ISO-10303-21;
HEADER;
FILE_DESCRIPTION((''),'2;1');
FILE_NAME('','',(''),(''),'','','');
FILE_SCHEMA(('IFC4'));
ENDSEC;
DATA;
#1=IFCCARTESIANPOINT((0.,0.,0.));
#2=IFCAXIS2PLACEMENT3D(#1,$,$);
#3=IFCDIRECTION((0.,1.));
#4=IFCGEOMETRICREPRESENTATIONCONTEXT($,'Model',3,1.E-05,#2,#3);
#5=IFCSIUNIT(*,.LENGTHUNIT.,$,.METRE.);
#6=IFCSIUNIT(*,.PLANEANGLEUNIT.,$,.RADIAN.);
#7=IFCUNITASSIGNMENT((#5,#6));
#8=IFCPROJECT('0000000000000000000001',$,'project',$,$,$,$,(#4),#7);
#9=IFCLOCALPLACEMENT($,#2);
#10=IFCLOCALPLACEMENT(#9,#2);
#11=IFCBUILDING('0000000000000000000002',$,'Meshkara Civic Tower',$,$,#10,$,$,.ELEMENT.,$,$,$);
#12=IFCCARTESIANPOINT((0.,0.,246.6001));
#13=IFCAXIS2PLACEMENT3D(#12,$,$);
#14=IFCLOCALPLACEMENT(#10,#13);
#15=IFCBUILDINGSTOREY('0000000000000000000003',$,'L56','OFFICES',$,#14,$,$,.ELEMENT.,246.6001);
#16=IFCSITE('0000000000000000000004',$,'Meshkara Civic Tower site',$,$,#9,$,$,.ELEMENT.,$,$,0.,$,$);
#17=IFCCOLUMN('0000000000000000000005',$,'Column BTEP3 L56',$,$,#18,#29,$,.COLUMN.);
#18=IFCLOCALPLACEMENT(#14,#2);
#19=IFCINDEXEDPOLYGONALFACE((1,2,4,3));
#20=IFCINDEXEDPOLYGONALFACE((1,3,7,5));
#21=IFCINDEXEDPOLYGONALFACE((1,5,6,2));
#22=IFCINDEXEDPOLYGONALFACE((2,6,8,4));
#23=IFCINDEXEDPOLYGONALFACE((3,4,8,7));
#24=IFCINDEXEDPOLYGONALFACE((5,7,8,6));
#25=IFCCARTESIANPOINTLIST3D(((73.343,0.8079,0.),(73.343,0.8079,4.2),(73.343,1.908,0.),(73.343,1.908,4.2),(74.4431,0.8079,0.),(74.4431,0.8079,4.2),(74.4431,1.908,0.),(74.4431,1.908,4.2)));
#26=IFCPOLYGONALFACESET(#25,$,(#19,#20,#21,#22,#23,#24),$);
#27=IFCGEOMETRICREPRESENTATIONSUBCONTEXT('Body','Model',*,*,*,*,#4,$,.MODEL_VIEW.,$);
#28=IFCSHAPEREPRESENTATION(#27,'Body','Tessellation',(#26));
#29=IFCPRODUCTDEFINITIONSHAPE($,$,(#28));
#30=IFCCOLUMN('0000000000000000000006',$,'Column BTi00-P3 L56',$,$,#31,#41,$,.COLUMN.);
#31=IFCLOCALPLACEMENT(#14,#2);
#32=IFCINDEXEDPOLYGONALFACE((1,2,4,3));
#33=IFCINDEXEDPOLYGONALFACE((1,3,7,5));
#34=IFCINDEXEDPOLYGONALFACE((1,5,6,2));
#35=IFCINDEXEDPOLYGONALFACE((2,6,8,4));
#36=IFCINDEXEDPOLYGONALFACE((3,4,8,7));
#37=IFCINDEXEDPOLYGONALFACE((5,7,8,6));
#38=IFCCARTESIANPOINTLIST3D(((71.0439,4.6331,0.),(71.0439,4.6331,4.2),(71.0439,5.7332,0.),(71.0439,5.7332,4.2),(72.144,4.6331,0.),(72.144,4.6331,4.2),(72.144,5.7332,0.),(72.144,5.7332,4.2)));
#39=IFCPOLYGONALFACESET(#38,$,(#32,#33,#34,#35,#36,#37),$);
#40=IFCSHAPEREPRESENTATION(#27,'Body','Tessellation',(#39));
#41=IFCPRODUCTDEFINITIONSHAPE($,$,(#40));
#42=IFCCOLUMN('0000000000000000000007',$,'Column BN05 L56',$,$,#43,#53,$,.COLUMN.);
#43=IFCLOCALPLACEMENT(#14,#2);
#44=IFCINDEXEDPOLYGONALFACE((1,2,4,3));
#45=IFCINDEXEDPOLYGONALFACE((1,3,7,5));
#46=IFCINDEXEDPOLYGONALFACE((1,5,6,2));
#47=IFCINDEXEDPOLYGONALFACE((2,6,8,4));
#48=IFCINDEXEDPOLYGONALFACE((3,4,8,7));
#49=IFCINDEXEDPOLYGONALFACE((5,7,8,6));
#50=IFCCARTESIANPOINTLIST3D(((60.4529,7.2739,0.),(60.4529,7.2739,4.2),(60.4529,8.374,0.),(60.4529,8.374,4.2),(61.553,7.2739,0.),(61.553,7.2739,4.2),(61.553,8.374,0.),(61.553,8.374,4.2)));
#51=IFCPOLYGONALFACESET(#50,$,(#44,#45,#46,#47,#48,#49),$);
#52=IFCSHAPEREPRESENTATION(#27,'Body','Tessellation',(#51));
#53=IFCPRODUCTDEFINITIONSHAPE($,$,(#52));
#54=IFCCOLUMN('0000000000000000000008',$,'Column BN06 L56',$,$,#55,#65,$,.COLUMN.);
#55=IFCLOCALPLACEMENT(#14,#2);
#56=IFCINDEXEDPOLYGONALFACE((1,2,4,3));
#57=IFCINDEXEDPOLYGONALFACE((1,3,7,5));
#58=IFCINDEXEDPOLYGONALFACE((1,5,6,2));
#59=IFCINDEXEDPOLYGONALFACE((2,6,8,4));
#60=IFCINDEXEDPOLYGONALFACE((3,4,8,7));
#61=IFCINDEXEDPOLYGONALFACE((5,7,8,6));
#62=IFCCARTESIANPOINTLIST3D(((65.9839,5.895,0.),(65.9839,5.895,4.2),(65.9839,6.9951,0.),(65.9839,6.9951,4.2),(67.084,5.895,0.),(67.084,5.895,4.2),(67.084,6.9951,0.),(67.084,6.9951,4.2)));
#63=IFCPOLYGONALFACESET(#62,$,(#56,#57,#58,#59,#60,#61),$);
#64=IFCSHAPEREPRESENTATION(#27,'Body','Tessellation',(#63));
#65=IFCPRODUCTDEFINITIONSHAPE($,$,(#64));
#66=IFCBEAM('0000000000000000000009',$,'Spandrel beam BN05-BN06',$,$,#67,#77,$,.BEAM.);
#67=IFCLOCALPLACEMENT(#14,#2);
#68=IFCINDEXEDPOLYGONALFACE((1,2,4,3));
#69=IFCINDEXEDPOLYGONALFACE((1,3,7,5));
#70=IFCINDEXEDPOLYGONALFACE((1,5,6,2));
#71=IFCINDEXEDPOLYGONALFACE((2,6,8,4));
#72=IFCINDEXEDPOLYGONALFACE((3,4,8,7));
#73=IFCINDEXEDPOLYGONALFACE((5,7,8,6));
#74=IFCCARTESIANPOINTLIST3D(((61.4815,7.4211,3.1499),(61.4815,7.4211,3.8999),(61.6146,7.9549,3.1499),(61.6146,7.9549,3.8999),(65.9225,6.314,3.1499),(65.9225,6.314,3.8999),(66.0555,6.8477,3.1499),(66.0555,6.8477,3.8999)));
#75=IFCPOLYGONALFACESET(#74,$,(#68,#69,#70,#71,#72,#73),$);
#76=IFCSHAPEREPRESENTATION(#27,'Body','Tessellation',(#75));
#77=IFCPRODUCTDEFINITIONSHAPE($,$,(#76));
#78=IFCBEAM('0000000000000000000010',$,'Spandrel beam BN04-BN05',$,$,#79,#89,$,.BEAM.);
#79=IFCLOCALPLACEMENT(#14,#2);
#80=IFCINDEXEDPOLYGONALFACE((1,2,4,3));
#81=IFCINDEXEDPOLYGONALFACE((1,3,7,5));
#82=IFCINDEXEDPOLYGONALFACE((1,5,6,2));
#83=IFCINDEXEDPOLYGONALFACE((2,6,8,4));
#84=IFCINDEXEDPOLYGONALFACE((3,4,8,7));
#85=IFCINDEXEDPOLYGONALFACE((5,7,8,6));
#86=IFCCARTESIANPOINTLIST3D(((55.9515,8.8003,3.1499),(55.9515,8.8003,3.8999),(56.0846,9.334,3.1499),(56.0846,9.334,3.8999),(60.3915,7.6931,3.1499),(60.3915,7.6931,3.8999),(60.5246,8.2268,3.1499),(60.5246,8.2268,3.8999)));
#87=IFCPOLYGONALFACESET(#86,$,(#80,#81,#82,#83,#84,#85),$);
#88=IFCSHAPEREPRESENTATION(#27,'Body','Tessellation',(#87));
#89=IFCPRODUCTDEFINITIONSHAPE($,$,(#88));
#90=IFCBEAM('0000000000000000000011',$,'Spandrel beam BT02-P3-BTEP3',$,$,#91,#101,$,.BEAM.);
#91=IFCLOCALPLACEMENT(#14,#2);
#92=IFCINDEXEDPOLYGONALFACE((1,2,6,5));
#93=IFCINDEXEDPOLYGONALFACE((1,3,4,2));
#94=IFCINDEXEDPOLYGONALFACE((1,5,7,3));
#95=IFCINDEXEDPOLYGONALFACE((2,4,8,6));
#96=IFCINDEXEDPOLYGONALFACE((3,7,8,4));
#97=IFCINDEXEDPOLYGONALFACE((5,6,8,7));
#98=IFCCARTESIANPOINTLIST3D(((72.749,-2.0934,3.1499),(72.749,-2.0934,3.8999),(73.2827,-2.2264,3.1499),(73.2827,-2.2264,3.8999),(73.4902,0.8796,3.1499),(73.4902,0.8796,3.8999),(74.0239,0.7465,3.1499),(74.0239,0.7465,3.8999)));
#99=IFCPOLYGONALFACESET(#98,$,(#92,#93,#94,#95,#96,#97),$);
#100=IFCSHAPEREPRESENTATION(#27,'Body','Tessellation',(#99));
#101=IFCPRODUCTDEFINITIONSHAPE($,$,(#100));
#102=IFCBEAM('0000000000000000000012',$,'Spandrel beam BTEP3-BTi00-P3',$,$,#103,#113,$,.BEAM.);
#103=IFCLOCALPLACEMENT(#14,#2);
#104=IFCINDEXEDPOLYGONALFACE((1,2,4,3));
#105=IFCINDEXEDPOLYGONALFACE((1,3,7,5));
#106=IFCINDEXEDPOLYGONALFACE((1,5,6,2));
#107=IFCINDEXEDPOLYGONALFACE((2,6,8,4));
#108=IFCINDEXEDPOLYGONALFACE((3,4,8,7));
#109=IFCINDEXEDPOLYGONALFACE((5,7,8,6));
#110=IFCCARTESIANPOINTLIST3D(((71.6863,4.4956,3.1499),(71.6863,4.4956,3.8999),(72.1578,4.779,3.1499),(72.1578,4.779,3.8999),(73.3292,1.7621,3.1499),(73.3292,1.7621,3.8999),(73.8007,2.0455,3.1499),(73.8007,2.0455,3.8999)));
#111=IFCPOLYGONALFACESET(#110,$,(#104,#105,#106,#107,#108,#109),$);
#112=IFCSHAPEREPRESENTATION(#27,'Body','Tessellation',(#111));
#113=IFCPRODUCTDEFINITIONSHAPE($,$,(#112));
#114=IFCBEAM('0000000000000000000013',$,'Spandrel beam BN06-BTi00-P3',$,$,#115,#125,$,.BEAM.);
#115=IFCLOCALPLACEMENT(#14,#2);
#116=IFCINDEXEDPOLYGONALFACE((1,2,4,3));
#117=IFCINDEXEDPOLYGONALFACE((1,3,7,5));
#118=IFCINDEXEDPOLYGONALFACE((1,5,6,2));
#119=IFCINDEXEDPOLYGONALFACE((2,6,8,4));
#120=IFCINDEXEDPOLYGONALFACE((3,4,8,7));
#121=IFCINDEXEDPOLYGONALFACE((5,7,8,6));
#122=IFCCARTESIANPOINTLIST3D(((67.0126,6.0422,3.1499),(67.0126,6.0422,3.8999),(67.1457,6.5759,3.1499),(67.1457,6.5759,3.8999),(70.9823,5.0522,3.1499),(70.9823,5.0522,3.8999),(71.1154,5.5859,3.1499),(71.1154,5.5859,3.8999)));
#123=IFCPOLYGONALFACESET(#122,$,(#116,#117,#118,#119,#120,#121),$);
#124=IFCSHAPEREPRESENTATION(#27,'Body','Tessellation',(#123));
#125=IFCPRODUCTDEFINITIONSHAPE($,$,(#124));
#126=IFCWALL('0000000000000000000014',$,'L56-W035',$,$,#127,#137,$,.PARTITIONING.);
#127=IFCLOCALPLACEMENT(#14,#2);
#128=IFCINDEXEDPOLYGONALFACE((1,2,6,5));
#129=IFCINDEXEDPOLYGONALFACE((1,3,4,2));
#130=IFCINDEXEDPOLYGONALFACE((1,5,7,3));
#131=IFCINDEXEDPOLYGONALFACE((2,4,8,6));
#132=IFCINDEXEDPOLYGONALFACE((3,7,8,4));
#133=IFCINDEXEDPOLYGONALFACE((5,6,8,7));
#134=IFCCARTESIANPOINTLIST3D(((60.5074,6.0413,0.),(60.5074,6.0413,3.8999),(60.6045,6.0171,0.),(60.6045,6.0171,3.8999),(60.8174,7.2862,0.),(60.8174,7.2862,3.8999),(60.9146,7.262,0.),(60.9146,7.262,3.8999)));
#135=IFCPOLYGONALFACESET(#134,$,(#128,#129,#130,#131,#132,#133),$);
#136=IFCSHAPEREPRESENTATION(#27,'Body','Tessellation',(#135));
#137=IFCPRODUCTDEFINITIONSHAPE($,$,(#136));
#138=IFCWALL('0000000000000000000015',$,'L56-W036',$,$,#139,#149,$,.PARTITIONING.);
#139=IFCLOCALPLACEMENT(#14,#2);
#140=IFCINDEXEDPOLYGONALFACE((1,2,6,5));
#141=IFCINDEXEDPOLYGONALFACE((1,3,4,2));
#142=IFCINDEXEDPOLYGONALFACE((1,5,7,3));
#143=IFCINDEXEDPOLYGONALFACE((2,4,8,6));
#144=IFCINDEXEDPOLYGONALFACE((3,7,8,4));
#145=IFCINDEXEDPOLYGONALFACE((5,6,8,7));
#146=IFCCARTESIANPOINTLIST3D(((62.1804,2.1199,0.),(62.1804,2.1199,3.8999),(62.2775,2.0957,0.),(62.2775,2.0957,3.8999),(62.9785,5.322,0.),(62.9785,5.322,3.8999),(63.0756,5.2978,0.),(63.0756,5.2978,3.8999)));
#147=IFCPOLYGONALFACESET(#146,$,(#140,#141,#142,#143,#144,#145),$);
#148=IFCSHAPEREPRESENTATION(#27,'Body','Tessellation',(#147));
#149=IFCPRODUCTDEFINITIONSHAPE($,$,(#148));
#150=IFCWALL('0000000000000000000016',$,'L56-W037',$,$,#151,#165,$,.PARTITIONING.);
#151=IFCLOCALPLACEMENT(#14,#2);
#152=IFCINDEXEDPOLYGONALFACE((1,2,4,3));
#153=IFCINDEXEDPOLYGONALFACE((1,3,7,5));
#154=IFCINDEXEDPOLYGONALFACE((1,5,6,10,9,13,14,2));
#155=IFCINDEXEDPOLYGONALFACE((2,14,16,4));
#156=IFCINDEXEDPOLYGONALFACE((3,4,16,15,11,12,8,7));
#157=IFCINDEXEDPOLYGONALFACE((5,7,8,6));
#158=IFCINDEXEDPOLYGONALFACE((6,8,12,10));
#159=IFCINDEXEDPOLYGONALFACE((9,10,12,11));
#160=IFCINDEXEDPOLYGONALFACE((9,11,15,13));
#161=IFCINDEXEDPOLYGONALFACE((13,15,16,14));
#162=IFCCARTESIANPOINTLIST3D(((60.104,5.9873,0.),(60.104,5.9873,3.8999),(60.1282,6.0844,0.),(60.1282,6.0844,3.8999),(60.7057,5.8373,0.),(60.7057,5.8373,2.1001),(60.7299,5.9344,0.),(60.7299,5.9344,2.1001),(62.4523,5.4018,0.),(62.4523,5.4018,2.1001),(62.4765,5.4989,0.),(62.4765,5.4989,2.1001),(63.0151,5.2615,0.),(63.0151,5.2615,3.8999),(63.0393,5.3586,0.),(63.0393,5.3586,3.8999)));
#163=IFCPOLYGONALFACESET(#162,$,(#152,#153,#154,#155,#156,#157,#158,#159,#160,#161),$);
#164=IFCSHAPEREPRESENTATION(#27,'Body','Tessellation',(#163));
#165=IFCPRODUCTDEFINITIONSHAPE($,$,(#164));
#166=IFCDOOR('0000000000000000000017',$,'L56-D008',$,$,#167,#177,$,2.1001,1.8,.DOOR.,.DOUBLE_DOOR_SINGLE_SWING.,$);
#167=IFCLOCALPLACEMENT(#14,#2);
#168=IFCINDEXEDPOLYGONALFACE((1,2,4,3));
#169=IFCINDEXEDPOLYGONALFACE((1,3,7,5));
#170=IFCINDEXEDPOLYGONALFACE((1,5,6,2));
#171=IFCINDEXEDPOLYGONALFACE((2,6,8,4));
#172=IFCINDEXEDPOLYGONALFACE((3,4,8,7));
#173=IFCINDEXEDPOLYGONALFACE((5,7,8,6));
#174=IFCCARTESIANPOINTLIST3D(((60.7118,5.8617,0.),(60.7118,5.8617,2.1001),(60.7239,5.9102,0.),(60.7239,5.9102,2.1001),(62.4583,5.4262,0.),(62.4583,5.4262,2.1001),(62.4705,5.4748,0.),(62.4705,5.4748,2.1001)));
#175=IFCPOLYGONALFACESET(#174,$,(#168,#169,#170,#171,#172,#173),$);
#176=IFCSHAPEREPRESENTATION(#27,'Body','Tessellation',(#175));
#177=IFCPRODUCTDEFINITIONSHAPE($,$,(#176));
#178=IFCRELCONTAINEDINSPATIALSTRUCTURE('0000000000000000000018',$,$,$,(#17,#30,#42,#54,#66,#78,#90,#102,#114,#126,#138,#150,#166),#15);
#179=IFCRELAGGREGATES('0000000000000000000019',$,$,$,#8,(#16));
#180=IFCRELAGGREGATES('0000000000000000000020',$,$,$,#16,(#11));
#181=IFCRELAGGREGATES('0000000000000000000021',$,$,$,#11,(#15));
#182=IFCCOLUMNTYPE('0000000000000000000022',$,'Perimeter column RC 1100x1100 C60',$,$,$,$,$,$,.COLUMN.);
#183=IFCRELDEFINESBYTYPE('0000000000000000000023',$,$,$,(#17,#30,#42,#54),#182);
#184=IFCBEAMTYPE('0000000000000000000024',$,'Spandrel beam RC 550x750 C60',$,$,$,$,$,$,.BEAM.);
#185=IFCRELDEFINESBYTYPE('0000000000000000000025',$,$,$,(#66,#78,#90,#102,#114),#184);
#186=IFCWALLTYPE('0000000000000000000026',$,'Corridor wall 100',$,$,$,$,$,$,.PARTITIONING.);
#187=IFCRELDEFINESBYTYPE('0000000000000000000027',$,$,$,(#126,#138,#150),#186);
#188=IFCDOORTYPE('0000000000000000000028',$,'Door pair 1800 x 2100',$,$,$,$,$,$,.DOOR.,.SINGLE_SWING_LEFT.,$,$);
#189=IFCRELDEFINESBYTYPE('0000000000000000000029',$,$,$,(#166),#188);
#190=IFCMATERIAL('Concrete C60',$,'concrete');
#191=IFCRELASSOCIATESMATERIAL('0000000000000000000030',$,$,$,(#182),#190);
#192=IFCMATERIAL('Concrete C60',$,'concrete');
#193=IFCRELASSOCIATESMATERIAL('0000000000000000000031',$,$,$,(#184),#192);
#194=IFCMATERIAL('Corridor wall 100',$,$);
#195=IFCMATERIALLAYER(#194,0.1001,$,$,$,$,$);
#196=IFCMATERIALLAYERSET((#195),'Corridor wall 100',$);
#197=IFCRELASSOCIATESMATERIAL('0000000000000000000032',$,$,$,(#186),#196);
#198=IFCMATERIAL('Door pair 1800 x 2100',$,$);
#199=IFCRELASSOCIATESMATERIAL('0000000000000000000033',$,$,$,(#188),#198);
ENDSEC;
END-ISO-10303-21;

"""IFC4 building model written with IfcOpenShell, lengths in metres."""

from ifc_helpers import new_model, si_unit, direction, frame, frame_2d, origin, origin_2d, place, context, subcontext, project, spatial, rectangle, extrude, material, layer, layer_set, material_profile, profile_set, type_object, element, fill, save


model = new_model("IFC4")

# Units and contexts
model_context = context("Model", 3, precision=1e-05, world=origin(), true_north=direction((0.0, 1.0)))
body_context = subcontext(model_context, "Body", "Model", "MODEL_VIEW")
ifc_project = project(units=[si_unit("LENGTHUNIT", "METRE"), si_unit("PLANEANGLEUNIT", "RADIAN")], contexts=[model_context])

# Site, building, storey
site_placement = place(None, origin())
site = spatial("IfcSite", under=ifc_project, at=site_placement, Name="Meshkara Civic Tower site", CompositionType="ELEMENT", RefElevation=0.0)
building_placement = place(site_placement, origin())
building = spatial("IfcBuilding", under=site, at=building_placement, Name="Meshkara Civic Tower", CompositionType="ELEMENT")
storey_placement = place(building_placement, frame((0.0, 0.0, 246.6001)))
storey = spatial("IfcBuildingStorey", under=building, at=storey_placement, Name="L56", Description="OFFICES", CompositionType="ELEMENT", Elevation=246.6001)

# Columns
ifc_material_1 = material(Name="Concrete C60", Category="concrete")
ifc_material_profile_1 = material_profile(ifc_material_1, rectangle(XDim=1.1001, YDim=1.1001, at=origin_2d()))
ifc_profile_set_1 = profile_set([ifc_material_profile_1], Name="Concrete C60")
column_type = type_object("IfcColumnType", Name="Perimeter column RC 1100x1100 C60", PredefinedType="COLUMN", material=ifc_profile_set_1)
for number, where, z_axis, x_axis, name in (
    (1, (73.8931, 1.3579, 0.0), (0.0, 0.0, 1.0), (1.0, 0.0, 0.0), "Column BTEP3 L56"),
    (2, (71.594, 5.1831, 0.0), (0.0, 0.0, 1.0), (1.0, 0.0, 0.0), "Column BTi00-P3 L56"),
    (3, (61.0029, 7.824, 0.0), (0.0, 0.0, 1.0), (1.0, 0.0, 0.0), "Column BN05 L56"),
    (4, (66.5339, 6.4451, 0.0), (0.0, 0.0, 1.0), (1.0, 0.0, 0.0), "Column BN06 L56"),
):
    element("IfcColumn", number, at=place(storey_placement, frame(where, z_axis=z_axis, x_axis=x_axis)), inside=storey, type_object=column_type, Name=name, PredefinedType="COLUMN", context=body_context, shape_type="SweptSolid", body=[
        extrude(rectangle(XDim=1.1001, YDim=1.1001, at=origin_2d()), origin(), (0.0, 0.0, 1.0), 4.2),
    ])

# Beams
ifc_material_2 = material(Name="Concrete C60", Category="concrete")
ifc_material_profile_2 = material_profile(ifc_material_2, rectangle(XDim=0.55, YDim=0.75, at=origin_2d()))
ifc_profile_set_2 = profile_set([ifc_material_profile_2], Name="Concrete C60")
beam_type = type_object("IfcBeamType", Name="Spandrel beam RC 550x750 C60", PredefinedType="BEAM", material=ifc_profile_set_2)
beam_1_placement = place(storey_placement, frame((65.989, 6.5808, 3.5249), z_axis=(-0.970299, 0.241908, 0.0), x_axis=(-0.241908, -0.970299, 0.0)))
element("IfcBeam", 5, at=beam_1_placement, inside=storey, type_object=beam_type, Name="Spandrel beam BN05-BN06", PredefinedType="BEAM", context=body_context, shape_type="SweptSolid", body=[
    extrude(rectangle(XDim=0.55, YDim=0.75, at=origin_2d()), origin(), (0.0, 0.0, 1.0), 4.5769),
])
beam_2_placement = place(storey_placement, frame((60.458, 7.96, 3.5249), z_axis=(-0.970287, 0.241958, 0.0), x_axis=(-0.241958, -0.970287, 0.0)))
element("IfcBeam", 6, at=beam_2_placement, inside=storey, type_object=beam_type, Name="Spandrel beam BN04-BN05", PredefinedType="BEAM", context=body_context, shape_type="SweptSolid", body=[
    extrude(rectangle(XDim=0.55, YDim=0.75, at=origin_2d()), origin(), (0.0, 0.0, 1.0), 4.5759),
])
beam_3_placement = place(storey_placement, frame((73.0159, -2.1599, 3.5249), z_axis=(0.241917, 0.970297, 0.0), x_axis=(-0.970297, 0.241917, 0.0)))
element("IfcBeam", 7, at=beam_3_placement, inside=storey, type_object=beam_type, Name="Spandrel beam BT02-P3-BTEP3", PredefinedType="BEAM", context=body_context, shape_type="SweptSolid", body=[
    extrude(rectangle(XDim=0.55, YDim=0.75, at=origin_2d()), origin(), (0.0, 0.0, 1.0), 3.064),
])
beam_4_placement = place(storey_placement, frame((73.5649, 1.9038, 3.5249), z_axis=(-0.515137, 0.857108, 0.0), x_axis=(-0.857108, -0.515137, 0.0)))
element("IfcBeam", 8, at=beam_4_placement, inside=storey, type_object=beam_type, Name="Spandrel beam BTEP3-BTi00-P3", PredefinedType="BEAM", context=body_context, shape_type="SweptSolid", body=[
    extrude(rectangle(XDim=0.55, YDim=0.75, at=origin_2d()), origin(), (0.0, 0.0, 1.0), 3.1892),
])
beam_5_placement = place(storey_placement, frame((71.0488, 5.3191, 3.5249), z_axis=(-0.970283, 0.241974, 0.0), x_axis=(-0.241974, -0.970283, 0.0)))
element("IfcBeam", 9, at=beam_5_placement, inside=storey, type_object=beam_type, Name="Spandrel beam BN06-BTi00-P3", PredefinedType="BEAM", context=body_context, shape_type="SweptSolid", body=[
    extrude(rectangle(XDim=0.55, YDim=0.75, at=origin_2d()), origin(), (0.0, 0.0, 1.0), 4.0913),
])

# Walls
ifc_material_3 = material(Name="Corridor wall 100")
ifc_layer_1 = layer(ifc_material_3, 0.1001)
ifc_layer_set_1 = layer_set([ifc_layer_1], Name="Corridor wall 100")
wall_type_1 = type_object("IfcWallType", Name="Corridor wall 100", PredefinedType="PARTITIONING", material=ifc_layer_set_1)
wall_1_placement = place(storey_placement, frame((60.5559, 6.0291, 0.0), z_axis=(0.0, 0.0, 1.0), x_axis=(0.241685, 0.970355, 0.0)))
element("IfcWall", 10, at=wall_1_placement, inside=storey, type_object=wall_type_1, Name="L56-W035", PredefinedType="PARTITIONING", context=body_context, shape_type="SweptSolid", body=[
    extrude(rectangle(XDim=1.283, YDim=0.1001, at=frame_2d((0.6416, 0.0))), origin(), (0.0, 0.0, 1.0), 3.8999),
])
wall_2_placement = place(storey_placement, frame((62.229, 2.1079, 0.0), z_axis=(0.0, 0.0, 1.0), x_axis=(0.241839, 0.970316, 0.0)))
element("IfcWall", 11, at=wall_2_placement, inside=storey, type_object=wall_type_1, Name="L56-W036", PredefinedType="PARTITIONING", context=body_context, shape_type="SweptSolid", body=[
    extrude(rectangle(XDim=3.3, YDim=0.1001, at=frame_2d((1.6499, 0.0))), origin(), (0.0, 0.0, 1.0), 3.8999),
])

# Wall, opening, door
wall_3_placement = place(storey_placement, frame((63.0271, 5.3101, 0.0), z_axis=(0.0, 0.0, 1.0), x_axis=(-0.970295, 0.241923, 0.0)))
wall_3 = element("IfcWall", 12, at=wall_3_placement, inside=storey, type_object=wall_type_1, Name="L56-W037", PredefinedType="PARTITIONING", context=body_context, shape_type="SweptSolid", body=[
    extrude(rectangle(XDim=3.0002, YDim=0.1001, at=frame_2d((1.5, 0.0))), origin(), (0.0, 0.0, 1.0), 3.8999),
])
opening_1_placement = place(wall_3_placement, frame((0.5801, 0.0, 0.0)))
opening_1 = element("IfcOpeningElement", 13, at=opening_1_placement, cuts=wall_3, PredefinedType="OPENING", context=body_context, shape_type="SweptSolid", body=[
    extrude(rectangle(XDim=1.8, YDim=2.1001, at=frame_2d((0.8999, 1.05))), frame((0.0, 0.0601, 0.0), z_axis=(0.0, -1.0, 0.0), x_axis=(1.0, 0.0, 0.0)), (0.0, 0.0, 1.0), 0.1201),
])
ifc_material_4 = material(Name="Door pair 1800 x 2100")
door_type = type_object("IfcDoorType", Name="Door pair 1800 x 2100", OperationType="SINGLE_SWING_LEFT", PredefinedType="DOOR", material=ifc_material_4)
door_placement = place(opening_1_placement, origin())
door = element("IfcDoor", 14, at=door_placement, inside=storey, type_object=door_type, Name="L56-D008", OperationType="DOUBLE_DOOR_SINGLE_SWING", OverallHeight=2.1001, OverallWidth=1.8, PredefinedType="DOOR", context=body_context, shape_type="SweptSolid", body=[
    extrude(rectangle(XDim=1.8, YDim=2.1001, at=frame_2d((0.8999, 1.05))), frame((0.0, 0.0249, 0.0), z_axis=(0.0, -1.0, 0.0), x_axis=(1.0, 0.0, 0.0)), (0.0, 0.0, 1.0), 0.05),
])
fill(opening_1, door)

save(model, "model.ifc")
